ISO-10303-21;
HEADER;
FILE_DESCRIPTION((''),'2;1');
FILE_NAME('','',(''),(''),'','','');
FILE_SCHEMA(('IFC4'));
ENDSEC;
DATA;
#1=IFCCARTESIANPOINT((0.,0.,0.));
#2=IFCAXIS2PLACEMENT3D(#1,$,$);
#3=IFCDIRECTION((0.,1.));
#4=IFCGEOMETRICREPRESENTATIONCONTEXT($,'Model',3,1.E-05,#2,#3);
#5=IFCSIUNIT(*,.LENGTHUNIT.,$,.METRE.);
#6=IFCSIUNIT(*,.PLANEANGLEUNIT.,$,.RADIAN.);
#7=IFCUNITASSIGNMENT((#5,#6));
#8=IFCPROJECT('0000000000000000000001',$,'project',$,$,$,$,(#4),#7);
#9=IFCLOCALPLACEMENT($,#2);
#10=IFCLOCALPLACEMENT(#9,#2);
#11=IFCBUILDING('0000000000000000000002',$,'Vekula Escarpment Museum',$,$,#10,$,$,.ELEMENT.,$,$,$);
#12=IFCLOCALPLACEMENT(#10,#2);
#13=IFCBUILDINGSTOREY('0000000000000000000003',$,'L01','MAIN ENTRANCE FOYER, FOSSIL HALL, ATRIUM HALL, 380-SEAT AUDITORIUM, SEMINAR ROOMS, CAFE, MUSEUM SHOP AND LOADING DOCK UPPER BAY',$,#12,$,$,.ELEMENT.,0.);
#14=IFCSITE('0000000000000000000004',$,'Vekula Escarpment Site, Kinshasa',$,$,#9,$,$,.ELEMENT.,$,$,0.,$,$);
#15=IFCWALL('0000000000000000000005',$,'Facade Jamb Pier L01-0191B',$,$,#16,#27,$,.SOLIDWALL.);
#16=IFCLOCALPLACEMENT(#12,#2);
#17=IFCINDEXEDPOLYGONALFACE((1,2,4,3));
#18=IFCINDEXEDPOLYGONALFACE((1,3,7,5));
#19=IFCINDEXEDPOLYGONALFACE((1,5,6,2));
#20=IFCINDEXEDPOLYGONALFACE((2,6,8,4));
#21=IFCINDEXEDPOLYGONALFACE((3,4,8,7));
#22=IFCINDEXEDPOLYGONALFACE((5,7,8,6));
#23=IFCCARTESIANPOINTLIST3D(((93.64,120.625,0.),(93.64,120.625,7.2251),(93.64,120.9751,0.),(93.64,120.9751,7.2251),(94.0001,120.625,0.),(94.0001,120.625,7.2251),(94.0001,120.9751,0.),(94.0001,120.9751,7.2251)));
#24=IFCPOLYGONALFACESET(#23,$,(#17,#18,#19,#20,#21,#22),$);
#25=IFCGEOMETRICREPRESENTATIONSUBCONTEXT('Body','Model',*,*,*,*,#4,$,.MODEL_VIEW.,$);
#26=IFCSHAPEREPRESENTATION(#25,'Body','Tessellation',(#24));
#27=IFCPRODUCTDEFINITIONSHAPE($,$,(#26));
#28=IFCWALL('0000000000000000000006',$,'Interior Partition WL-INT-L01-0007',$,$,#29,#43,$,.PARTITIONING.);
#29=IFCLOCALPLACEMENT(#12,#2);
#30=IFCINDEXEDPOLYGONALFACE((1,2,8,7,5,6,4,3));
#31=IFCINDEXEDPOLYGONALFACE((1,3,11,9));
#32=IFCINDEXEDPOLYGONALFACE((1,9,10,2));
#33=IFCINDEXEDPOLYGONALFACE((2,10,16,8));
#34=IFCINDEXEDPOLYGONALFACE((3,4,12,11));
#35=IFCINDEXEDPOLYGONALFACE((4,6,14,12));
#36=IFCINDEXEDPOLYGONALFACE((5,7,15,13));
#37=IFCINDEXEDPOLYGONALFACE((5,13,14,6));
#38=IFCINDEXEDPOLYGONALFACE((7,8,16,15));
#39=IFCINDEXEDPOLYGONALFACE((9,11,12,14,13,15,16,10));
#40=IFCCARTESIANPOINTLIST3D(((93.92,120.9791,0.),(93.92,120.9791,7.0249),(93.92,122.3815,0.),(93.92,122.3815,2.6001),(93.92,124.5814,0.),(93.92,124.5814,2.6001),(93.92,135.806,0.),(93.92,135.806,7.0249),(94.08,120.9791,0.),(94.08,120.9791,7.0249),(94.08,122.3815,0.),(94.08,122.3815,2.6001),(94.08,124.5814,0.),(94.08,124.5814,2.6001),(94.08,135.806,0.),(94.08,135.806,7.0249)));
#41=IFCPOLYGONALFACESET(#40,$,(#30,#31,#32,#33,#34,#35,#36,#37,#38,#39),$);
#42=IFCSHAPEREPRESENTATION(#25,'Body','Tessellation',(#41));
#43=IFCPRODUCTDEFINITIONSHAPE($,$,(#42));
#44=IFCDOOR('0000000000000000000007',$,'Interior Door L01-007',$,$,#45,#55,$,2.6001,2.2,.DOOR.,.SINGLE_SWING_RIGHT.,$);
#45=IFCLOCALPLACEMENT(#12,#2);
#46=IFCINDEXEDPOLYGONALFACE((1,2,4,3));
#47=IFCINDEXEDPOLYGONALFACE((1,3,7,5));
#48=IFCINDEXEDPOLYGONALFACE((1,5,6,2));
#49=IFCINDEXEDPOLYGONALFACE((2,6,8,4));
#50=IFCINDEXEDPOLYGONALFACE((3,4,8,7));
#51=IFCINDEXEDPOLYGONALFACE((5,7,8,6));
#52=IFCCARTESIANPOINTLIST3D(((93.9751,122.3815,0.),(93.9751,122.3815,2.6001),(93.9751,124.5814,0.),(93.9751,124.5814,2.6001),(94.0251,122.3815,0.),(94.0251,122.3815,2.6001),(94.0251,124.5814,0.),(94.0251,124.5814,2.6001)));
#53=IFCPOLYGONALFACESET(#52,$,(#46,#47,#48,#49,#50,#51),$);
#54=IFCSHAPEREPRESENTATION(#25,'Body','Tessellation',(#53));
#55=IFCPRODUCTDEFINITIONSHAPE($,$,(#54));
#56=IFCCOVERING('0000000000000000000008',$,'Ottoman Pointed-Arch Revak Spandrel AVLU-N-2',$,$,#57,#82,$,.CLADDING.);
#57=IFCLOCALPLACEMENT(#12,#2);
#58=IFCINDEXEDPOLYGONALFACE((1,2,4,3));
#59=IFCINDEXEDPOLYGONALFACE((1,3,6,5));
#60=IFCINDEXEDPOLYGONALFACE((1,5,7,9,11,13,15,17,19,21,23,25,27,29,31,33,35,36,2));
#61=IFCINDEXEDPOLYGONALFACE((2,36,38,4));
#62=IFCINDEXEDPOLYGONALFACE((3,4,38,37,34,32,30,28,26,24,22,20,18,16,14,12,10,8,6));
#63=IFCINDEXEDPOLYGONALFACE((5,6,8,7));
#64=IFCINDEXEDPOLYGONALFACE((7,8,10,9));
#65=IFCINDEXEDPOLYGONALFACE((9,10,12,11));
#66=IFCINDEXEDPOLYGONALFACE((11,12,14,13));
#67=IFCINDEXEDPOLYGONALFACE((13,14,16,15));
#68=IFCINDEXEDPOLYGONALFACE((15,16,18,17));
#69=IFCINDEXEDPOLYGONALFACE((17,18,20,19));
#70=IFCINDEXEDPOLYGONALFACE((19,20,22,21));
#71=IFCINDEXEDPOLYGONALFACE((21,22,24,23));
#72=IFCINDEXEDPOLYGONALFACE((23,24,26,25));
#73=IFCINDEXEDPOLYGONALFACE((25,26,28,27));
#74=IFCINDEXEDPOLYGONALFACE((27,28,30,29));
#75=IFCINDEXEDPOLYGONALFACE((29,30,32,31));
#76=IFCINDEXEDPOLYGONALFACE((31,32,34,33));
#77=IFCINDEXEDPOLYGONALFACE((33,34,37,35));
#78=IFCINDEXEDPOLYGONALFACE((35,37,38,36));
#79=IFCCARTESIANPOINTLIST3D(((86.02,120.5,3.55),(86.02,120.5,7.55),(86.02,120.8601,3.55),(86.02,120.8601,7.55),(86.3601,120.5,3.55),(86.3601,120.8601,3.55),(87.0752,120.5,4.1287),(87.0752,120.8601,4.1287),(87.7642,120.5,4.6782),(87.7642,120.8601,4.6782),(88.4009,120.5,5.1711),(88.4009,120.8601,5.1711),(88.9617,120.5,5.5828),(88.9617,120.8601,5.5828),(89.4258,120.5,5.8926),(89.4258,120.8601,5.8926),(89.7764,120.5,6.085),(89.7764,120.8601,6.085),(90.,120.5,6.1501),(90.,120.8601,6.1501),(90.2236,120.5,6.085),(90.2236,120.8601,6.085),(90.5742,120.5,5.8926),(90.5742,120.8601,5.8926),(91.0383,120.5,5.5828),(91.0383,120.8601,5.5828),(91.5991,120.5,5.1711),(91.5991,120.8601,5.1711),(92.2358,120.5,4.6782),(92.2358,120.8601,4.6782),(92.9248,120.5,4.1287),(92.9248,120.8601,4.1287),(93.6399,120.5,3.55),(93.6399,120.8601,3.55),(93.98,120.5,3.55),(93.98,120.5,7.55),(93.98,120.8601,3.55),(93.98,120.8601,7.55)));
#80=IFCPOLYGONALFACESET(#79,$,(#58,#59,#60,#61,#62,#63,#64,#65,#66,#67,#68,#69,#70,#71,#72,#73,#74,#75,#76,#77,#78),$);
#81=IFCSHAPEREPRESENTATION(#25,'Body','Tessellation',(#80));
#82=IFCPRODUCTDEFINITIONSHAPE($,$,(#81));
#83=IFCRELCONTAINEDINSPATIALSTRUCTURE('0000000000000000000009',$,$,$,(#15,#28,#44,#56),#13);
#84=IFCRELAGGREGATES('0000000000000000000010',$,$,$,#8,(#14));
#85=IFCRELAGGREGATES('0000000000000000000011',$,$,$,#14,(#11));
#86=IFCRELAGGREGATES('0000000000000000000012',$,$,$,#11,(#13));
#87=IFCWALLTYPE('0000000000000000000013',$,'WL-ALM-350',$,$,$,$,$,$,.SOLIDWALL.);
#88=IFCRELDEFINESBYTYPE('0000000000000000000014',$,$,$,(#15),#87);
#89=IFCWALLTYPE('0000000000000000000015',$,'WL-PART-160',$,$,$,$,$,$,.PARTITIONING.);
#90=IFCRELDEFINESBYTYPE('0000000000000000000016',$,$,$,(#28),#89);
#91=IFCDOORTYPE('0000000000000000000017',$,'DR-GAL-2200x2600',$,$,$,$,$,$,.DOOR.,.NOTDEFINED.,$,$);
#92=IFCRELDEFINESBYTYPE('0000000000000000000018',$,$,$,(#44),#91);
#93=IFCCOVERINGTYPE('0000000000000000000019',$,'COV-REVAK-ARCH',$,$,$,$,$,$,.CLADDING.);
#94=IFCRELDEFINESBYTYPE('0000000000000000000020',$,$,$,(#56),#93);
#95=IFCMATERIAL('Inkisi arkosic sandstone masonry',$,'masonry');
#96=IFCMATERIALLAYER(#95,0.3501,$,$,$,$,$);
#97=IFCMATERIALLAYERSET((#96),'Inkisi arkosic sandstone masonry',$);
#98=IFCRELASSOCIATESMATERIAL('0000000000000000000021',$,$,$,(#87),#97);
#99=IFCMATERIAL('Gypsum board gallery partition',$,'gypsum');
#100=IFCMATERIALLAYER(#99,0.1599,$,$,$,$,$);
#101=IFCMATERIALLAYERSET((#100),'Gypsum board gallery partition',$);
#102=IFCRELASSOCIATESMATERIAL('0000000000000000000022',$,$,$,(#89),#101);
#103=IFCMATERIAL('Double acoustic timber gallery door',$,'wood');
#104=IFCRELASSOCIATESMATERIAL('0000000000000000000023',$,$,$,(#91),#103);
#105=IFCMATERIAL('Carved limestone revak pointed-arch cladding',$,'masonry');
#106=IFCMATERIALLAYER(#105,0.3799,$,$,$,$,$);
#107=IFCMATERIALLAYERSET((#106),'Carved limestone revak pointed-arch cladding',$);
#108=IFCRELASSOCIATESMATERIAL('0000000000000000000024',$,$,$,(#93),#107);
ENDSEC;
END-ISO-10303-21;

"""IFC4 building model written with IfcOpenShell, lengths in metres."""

from ifc_helpers import new_model, si_unit, direction, frame, frame_2d, origin, place, context, subcontext, project, spatial, polyline, rectangle, outline, extrude, material, layer, layer_set, type_object, element, fill, save


model = new_model("IFC4")

# Units and contexts
model_context = context("Model", 3, precision=1e-05, world=origin(), true_north=direction((0.0, 1.0)))
body_context = subcontext(model_context, "Body", "Model", "MODEL_VIEW")
ifc_project = project(units=[si_unit("LENGTHUNIT", "METRE"), si_unit("PLANEANGLEUNIT", "RADIAN")], contexts=[model_context])

# Site, building, storey
site_placement = place(None, origin())
site = spatial("IfcSite", under=ifc_project, at=site_placement, Name="Vekula Escarpment Site, Kinshasa", CompositionType="ELEMENT", RefElevation=0.0)
building_placement = place(site_placement, origin())
building = spatial("IfcBuilding", under=site, at=building_placement, Name="Vekula Escarpment Museum", CompositionType="ELEMENT")
storey_placement = place(building_placement, origin())
storey = spatial("IfcBuildingStorey", under=building, at=storey_placement, Name="L01", Description="MAIN ENTRANCE FOYER, FOSSIL HALL, ATRIUM HALL, 380-SEAT AUDITORIUM, SEMINAR ROOMS, CAFE, MUSEUM SHOP AND LOADING DOCK UPPER BAY", CompositionType="ELEMENT", Elevation=0.0)

# Wall
ifc_material_1 = material(Name="Inkisi arkosic sandstone masonry", Category="masonry")
ifc_layer_1 = layer(ifc_material_1, 0.3501)
ifc_layer_set_1 = layer_set([ifc_layer_1], Name="Inkisi arkosic sandstone masonry")
wall_type_1 = type_object("IfcWallType", Name="WL-ALM-350", PredefinedType="SOLIDWALL", material=ifc_layer_set_1)
wall_1_placement = place(storey_placement, frame((93.6399, 120.8, 0.0), z_axis=(0.0, 0.0, 1.0), x_axis=(1.0, 0.0, 0.0)))
element("IfcWall", 1, at=wall_1_placement, inside=storey, type_object=wall_type_1, Name="Facade Jamb Pier L01-0191B", PredefinedType="SOLIDWALL", context=body_context, shape_type="SweptSolid", body=[
    extrude(rectangle(XDim=0.3601, YDim=0.3501, at=frame_2d((0.1802, 0.0))), origin(), (0.0, 0.0, 1.0), 7.2251),
])

# Wall, opening, door
ifc_material_2 = material(Name="Gypsum board gallery partition", Category="gypsum")
ifc_layer_2 = layer(ifc_material_2, 0.1599)
ifc_layer_set_2 = layer_set([ifc_layer_2], Name="Gypsum board gallery partition")
wall_type_2 = type_object("IfcWallType", Name="WL-PART-160", PredefinedType="PARTITIONING", material=ifc_layer_set_2)
wall_2_placement = place(storey_placement, frame((94.0, 120.979, 0.0), z_axis=(0.0, 0.0, 1.0), x_axis=(0.0, 1.0, 0.0)))
wall_2 = element("IfcWall", 2, at=wall_2_placement, inside=storey, type_object=wall_type_2, Name="Interior Partition WL-INT-L01-0007", PredefinedType="PARTITIONING", context=body_context, shape_type="SweptSolid", body=[
    extrude(rectangle(XDim=14.8269, YDim=0.1599, at=frame_2d((7.4136, 0.0))), origin(), (0.0, 0.0, 1.0), 7.0249),
])
opening_placement = place(wall_2_placement, frame((1.4023, 0.0, 0.0)))
opening = element("IfcOpeningElement", 3, at=opening_placement, cuts=wall_2, PredefinedType="OPENING", context=body_context, shape_type="SweptSolid", body=[
    extrude(rectangle(XDim=2.2, YDim=2.6001, at=frame_2d((1.1001, 1.3))), frame((0.0, 0.0898, 0.0), z_axis=(0.0, -1.0, 0.0), x_axis=(1.0, 0.0, 0.0)), (0.0, 0.0, 1.0), 0.1799),
])
ifc_material_3 = material(Name="Double acoustic timber gallery door", Category="wood")
door_type = type_object("IfcDoorType", Name="DR-GAL-2200x2600", OperationType="NOTDEFINED", PredefinedType="DOOR", material=ifc_material_3)
door_placement = place(opening_placement, origin())
door = element("IfcDoor", 4, at=door_placement, inside=storey, type_object=door_type, Name="Interior Door L01-007", OperationType="SINGLE_SWING_RIGHT", OverallHeight=2.6001, OverallWidth=2.2, PredefinedType="DOOR", context=body_context, shape_type="SweptSolid", body=[
    extrude(rectangle(XDim=2.2, YDim=2.6001, at=frame_2d((1.1001, 1.3))), frame((0.0, 0.0249, 0.0), z_axis=(0.0, -1.0, 0.0), x_axis=(1.0, 0.0, 0.0)), (0.0, 0.0, 1.0), 0.05),
])
fill(opening, door)

# Covering
ifc_material_4 = material(Name="Carved limestone revak pointed-arch cladding", Category="masonry")
ifc_layer_3 = layer(ifc_material_4, 0.3799)
ifc_layer_set_3 = layer_set([ifc_layer_3], Name="Carved limestone revak pointed-arch cladding")
covering_type = type_object("IfcCoveringType", Name="COV-REVAK-ARCH", PredefinedType="CLADDING", material=ifc_layer_set_3)
covering_placement = place(storey_placement, frame((90.0, 120.8601, 3.55), z_axis=(0.0, -1.0, 0.0), x_axis=(1.0, 0.0, 0.0)))
element("IfcCovering", 5, at=covering_placement, inside=storey, type_object=covering_type, Name="Ottoman Pointed-Arch Revak Spandrel AVLU-N-2", PredefinedType="CLADDING", context=body_context, shape_type="SweptSolid", body=[
    extrude(outline(polyline([(-3.98, 4.0), (3.98, 4.0), (3.98, 0.0), (3.6399, 0.0), (2.9248, 0.5786), (2.2358, 1.1282), (1.5991, 1.6211), (1.0383, 2.0327), (0.5742, 2.3425), (0.2236, 2.5349), (0.0, 2.6001), (-0.2236, 2.5349), (-0.5742, 2.3425), (-1.0383, 2.0327), (-1.5991, 1.6211), (-2.2358, 1.1282), (-2.9248, 0.5786), (-3.6399, 0.0), (-3.98, 0.0), (-3.98, 4.0)])), origin(), (0.0, 0.0, 1.0), 0.3601),
])

save(model, "model.ifc")
